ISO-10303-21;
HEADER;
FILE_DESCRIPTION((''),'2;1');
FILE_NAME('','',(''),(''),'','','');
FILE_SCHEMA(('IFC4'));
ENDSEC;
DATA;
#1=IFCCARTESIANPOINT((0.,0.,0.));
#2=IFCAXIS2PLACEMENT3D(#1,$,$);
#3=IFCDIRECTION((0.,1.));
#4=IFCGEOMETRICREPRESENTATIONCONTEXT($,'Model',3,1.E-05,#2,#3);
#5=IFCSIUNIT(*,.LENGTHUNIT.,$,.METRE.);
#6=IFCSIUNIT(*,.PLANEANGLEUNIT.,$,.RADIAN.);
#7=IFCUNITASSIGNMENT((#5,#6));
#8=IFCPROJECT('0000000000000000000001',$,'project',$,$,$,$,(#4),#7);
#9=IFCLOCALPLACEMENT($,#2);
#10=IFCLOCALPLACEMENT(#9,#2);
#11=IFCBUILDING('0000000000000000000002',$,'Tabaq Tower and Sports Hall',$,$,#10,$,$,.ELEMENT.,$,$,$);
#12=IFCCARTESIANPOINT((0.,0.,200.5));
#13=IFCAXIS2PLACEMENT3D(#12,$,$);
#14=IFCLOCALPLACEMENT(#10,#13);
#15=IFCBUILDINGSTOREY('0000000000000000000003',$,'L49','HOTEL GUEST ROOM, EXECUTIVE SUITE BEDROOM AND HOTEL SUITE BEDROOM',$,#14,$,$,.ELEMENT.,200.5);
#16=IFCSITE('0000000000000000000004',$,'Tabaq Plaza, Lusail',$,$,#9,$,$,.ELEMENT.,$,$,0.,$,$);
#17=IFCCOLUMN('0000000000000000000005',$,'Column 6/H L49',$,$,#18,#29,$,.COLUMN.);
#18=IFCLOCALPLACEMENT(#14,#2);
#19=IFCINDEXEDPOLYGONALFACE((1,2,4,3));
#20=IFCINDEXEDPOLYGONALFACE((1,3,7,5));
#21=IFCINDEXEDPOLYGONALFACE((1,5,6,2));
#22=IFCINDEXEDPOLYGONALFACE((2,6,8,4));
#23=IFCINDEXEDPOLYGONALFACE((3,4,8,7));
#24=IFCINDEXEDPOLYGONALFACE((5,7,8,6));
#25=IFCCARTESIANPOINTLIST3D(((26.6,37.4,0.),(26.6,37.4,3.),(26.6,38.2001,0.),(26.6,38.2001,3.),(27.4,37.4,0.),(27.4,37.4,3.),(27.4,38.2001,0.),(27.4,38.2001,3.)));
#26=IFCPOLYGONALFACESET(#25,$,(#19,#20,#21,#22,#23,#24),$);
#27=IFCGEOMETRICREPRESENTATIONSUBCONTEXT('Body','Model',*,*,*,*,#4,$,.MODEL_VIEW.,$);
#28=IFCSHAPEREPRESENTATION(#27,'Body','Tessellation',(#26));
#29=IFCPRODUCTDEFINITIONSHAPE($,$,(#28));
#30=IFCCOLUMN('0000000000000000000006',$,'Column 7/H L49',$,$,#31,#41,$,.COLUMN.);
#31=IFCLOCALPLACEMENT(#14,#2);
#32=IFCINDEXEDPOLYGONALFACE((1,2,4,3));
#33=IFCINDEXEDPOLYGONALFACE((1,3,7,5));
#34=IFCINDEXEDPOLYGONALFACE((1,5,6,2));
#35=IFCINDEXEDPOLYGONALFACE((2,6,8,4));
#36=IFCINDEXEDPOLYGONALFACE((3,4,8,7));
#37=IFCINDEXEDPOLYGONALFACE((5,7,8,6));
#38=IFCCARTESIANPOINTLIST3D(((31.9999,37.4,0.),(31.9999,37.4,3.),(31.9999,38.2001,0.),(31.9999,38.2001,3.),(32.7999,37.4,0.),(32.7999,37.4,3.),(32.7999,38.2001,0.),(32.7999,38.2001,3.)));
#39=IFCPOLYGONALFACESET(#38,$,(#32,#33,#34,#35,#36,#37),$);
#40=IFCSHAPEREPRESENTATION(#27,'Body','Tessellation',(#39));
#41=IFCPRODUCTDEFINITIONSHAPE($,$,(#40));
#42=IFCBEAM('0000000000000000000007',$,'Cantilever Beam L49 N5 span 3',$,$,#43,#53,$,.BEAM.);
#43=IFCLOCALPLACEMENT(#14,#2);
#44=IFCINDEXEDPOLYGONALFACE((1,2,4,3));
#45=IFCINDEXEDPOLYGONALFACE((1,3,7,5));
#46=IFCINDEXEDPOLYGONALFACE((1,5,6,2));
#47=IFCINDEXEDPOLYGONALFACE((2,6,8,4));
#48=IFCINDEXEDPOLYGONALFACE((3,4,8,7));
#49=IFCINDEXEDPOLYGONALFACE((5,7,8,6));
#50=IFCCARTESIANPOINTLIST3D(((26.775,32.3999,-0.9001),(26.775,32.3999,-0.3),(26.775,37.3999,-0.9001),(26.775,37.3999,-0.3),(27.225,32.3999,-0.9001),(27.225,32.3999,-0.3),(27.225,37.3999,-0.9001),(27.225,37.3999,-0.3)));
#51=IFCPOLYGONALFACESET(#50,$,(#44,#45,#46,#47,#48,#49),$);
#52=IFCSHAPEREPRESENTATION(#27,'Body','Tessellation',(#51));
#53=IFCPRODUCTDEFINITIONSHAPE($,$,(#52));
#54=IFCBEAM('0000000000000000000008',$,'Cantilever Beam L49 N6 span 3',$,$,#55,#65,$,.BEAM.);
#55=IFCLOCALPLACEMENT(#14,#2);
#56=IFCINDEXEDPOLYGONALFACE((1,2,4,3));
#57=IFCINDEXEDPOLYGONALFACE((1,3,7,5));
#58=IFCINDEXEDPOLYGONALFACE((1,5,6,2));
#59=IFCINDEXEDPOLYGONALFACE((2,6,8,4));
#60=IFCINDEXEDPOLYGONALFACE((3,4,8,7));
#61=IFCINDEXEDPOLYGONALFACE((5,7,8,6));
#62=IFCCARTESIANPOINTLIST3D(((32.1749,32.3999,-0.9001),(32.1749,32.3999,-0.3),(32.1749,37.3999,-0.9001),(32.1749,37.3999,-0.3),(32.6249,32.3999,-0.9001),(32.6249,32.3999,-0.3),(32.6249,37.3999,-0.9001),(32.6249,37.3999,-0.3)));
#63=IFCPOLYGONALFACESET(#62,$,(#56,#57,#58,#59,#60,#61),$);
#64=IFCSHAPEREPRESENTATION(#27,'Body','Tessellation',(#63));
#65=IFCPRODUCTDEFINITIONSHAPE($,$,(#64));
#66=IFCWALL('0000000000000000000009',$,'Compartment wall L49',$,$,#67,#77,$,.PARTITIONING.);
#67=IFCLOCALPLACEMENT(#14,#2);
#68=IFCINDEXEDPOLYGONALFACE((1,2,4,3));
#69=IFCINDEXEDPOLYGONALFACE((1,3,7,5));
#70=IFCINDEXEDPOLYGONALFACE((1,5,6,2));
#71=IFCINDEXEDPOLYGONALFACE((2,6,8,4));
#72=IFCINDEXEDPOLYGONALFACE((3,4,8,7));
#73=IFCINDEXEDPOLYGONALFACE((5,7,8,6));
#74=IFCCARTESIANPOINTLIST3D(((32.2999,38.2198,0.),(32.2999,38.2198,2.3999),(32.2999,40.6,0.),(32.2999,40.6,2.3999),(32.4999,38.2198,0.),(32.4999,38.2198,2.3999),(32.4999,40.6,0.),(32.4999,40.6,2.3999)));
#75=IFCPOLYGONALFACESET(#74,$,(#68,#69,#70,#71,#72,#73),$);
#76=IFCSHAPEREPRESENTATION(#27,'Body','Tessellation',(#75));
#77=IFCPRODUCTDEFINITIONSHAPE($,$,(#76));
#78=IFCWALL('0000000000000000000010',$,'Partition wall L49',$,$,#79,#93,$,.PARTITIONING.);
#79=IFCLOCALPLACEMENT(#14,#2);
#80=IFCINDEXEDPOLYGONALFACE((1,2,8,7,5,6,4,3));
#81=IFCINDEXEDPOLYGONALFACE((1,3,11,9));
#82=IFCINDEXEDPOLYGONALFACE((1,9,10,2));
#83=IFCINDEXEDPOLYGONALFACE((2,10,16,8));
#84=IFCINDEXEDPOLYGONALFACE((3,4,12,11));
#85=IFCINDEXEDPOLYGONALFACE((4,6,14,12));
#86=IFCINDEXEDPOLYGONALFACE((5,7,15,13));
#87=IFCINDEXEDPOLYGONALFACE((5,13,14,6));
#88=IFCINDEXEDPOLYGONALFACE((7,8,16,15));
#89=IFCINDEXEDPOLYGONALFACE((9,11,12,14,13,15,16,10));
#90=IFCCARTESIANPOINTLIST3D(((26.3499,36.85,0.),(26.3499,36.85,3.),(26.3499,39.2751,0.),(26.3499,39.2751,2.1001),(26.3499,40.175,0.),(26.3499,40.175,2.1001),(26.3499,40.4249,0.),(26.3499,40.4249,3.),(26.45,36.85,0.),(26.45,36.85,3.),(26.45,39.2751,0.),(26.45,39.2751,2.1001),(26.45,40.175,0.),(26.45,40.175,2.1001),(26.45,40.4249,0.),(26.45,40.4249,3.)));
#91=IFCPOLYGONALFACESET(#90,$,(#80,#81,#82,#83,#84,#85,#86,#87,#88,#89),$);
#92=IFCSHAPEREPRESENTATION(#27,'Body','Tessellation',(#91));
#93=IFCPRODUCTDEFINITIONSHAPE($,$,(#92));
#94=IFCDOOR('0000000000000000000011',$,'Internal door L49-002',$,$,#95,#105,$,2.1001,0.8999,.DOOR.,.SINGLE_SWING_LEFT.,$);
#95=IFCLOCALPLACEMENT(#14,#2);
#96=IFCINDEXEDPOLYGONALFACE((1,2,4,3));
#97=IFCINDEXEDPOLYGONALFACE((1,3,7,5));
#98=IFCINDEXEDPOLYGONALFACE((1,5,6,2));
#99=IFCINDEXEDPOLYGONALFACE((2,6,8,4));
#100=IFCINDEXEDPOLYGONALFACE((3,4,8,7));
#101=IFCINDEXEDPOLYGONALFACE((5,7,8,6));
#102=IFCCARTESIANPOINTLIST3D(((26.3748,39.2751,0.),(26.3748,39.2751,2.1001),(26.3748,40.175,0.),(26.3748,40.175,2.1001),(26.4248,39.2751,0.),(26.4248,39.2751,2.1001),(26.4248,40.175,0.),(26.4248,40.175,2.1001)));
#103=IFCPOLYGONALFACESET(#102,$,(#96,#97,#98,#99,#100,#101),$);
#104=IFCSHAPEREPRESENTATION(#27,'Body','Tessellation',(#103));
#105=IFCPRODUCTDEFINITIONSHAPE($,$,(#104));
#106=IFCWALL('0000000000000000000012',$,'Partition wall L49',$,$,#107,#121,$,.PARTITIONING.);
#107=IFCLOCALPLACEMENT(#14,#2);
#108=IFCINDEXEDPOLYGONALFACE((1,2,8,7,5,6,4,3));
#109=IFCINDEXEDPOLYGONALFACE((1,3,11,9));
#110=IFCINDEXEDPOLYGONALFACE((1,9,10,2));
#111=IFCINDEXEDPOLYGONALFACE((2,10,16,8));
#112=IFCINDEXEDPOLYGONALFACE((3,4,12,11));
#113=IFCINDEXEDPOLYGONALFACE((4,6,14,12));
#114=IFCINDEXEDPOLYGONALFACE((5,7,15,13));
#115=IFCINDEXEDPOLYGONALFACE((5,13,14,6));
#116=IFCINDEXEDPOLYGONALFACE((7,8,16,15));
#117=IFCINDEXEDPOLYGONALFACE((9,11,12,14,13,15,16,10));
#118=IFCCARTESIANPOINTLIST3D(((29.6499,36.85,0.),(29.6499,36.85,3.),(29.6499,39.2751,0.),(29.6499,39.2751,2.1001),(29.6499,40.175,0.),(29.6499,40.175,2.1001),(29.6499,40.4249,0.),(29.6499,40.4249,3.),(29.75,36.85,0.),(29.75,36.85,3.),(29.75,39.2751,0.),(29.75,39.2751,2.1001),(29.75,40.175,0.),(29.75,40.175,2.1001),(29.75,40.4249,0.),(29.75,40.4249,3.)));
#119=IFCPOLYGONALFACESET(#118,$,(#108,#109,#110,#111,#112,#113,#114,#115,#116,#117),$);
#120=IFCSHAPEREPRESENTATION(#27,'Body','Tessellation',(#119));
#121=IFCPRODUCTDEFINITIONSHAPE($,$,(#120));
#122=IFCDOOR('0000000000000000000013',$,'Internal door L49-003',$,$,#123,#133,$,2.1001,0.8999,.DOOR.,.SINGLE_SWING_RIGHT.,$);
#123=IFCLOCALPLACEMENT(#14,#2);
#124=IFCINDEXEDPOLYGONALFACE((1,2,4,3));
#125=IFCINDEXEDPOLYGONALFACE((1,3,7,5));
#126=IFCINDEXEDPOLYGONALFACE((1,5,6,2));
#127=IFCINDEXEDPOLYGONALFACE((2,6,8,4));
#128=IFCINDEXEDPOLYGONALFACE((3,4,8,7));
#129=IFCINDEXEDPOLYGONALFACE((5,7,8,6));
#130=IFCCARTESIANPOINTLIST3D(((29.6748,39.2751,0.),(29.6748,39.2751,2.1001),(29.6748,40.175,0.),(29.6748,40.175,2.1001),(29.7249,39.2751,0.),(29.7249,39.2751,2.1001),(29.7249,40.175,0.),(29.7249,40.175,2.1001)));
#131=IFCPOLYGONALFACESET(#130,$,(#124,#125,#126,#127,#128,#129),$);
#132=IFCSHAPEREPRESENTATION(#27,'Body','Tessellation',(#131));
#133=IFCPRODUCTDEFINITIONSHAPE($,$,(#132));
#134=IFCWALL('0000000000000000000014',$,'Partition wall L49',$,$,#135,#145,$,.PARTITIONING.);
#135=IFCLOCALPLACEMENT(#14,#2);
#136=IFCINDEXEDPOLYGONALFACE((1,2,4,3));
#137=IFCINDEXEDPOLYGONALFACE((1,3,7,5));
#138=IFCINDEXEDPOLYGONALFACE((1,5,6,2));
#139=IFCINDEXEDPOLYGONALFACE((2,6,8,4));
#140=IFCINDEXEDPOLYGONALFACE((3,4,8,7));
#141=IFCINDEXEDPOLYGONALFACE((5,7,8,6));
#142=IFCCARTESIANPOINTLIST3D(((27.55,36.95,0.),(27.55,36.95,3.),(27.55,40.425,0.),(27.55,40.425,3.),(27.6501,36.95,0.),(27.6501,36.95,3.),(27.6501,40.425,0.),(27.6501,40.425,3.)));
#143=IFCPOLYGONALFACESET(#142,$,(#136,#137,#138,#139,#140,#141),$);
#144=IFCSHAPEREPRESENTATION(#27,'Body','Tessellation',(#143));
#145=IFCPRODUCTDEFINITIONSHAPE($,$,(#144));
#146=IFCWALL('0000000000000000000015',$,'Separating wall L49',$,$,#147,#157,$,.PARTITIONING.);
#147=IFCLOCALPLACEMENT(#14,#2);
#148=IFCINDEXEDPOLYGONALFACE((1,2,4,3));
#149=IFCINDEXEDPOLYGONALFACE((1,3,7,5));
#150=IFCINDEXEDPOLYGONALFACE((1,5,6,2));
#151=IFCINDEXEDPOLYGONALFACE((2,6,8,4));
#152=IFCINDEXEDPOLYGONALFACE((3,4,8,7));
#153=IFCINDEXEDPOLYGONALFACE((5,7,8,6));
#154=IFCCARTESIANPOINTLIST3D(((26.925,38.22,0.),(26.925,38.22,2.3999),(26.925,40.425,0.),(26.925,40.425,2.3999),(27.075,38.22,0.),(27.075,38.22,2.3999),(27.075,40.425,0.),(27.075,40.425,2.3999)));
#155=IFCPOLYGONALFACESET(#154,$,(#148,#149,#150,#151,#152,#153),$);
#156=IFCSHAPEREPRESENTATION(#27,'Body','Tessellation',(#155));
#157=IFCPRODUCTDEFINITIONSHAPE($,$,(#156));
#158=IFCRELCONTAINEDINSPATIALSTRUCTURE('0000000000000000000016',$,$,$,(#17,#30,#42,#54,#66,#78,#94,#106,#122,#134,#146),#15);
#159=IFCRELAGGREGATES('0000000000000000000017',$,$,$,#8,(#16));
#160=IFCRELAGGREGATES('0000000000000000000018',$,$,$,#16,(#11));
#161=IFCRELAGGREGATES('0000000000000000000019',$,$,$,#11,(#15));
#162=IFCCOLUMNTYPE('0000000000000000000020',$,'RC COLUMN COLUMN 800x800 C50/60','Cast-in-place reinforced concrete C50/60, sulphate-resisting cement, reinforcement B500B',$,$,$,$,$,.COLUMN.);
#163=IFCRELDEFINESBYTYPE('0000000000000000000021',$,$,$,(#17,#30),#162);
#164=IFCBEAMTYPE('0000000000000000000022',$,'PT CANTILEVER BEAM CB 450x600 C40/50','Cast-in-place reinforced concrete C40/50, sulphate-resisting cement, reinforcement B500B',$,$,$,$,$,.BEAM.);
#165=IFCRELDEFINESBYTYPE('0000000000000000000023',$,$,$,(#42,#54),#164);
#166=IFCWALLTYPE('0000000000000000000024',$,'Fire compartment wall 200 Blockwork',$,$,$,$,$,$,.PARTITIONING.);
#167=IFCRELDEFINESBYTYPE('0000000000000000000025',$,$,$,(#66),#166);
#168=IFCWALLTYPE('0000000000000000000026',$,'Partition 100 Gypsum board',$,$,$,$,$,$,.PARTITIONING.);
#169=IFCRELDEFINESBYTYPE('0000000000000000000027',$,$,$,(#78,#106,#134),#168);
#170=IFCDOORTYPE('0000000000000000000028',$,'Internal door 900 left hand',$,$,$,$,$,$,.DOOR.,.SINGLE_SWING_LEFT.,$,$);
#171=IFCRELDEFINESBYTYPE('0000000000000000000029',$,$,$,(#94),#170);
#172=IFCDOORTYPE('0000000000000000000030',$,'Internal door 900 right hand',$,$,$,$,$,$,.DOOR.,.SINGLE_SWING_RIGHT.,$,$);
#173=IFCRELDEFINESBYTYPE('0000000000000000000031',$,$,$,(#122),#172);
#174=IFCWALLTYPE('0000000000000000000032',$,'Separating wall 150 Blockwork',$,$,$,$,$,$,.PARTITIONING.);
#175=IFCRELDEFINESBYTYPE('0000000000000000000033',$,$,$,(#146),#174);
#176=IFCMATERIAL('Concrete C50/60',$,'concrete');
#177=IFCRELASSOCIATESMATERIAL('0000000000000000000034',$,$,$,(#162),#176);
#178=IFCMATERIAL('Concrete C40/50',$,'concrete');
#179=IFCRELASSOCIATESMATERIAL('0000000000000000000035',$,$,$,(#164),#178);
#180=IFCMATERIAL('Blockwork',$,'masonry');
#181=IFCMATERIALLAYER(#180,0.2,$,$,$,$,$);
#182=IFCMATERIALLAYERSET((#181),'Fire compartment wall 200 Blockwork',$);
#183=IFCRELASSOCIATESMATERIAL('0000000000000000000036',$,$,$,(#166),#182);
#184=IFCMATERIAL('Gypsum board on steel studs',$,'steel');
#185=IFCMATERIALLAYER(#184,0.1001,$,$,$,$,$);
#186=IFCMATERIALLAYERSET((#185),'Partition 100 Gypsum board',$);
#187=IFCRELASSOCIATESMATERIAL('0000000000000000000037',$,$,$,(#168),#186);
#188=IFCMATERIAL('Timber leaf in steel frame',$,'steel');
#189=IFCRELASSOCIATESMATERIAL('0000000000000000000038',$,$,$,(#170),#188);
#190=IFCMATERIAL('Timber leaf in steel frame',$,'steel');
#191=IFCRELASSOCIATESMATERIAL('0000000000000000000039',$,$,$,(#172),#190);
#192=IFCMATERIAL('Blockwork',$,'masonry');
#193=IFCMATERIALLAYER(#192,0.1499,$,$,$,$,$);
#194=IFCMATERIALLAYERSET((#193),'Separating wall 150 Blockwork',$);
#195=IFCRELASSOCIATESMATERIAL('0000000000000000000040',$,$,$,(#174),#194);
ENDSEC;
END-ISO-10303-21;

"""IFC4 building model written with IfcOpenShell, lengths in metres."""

from ifc_helpers import new_model, si_unit, direction, frame, frame_2d, origin, origin_2d, place, context, subcontext, project, spatial, rectangle, extrude, material, layer, layer_set, material_profile, profile_set, type_object, element, fill, save


model = new_model("IFC4")

# Units and contexts
model_context = context("Model", 3, precision=1e-05, world=origin(), true_north=direction((0.0, 1.0)))
body_context = subcontext(model_context, "Body", "Model", "MODEL_VIEW")
ifc_project = project(units=[si_unit("LENGTHUNIT", "METRE"), si_unit("PLANEANGLEUNIT", "RADIAN")], contexts=[model_context])

# Site, building, storey
site_placement = place(None, origin())
site = spatial("IfcSite", under=ifc_project, at=site_placement, Name="Tabaq Plaza, Lusail", CompositionType="ELEMENT", RefElevation=0.0)
building_placement = place(site_placement, origin())
building = spatial("IfcBuilding", under=site, at=building_placement, Name="Tabaq Tower and Sports Hall", CompositionType="ELEMENT")
storey_placement = place(building_placement, frame((0.0, 0.0, 200.5)))
storey = spatial("IfcBuildingStorey", under=building, at=storey_placement, Name="L49", Description="HOTEL GUEST ROOM, EXECUTIVE SUITE BEDROOM AND HOTEL SUITE BEDROOM", CompositionType="ELEMENT", Elevation=200.5)

# Columns
ifc_material_1 = material(Name="Concrete C50/60", Category="concrete")
ifc_material_profile_1 = material_profile(ifc_material_1, rectangle(XDim=0.8, YDim=0.8, at=origin_2d()), Name="COLUMN 800x800")
ifc_profile_set_1 = profile_set([ifc_material_profile_1], Name="Concrete C50/60")
column_type = type_object("IfcColumnType", Name="RC COLUMN COLUMN 800x800 C50/60", Description="Cast-in-place reinforced concrete C50/60, sulphate-resisting cement, reinforcement B500B", PredefinedType="COLUMN", material=ifc_profile_set_1)
for number, where, z_axis, x_axis, name in (
    (1, (27.0, 37.8, 0.0), (0.0, 0.0, 1.0), (1.0, 0.0, 0.0), "Column 6/H L49"),
    (2, (32.3999, 37.8, 0.0), (0.0, 0.0, 1.0), (1.0, 0.0, 0.0), "Column 7/H L49"),
):
    element("IfcColumn", number, at=place(storey_placement, frame(where, z_axis=z_axis, x_axis=x_axis)), inside=storey, type_object=column_type, Name=name, PredefinedType="COLUMN", context=body_context, shape_type="SweptSolid", body=[
        extrude(rectangle(XDim=0.8, YDim=0.8, at=origin_2d()), origin(), (0.0, 0.0, 1.0), 3.0),
    ])

# Beams
ifc_material_2 = material(Name="Concrete C40/50", Category="concrete")
ifc_material_profile_2 = material_profile(ifc_material_2, rectangle(XDim=0.45, YDim=0.6001, at=origin_2d()), Name="CB 450x600")
ifc_profile_set_2 = profile_set([ifc_material_profile_2], Name="Concrete C40/50")
beam_type = type_object("IfcBeamType", Name="PT CANTILEVER BEAM CB 450x600 C40/50", Description="Cast-in-place reinforced concrete C40/50, sulphate-resisting cement, reinforcement B500B", PredefinedType="BEAM", material=ifc_profile_set_2)
for number, where, z_axis, x_axis, name in (
    (3, (27.0, 37.3999, -0.6001), (0.0, -1.0, 0.0), (1.0, 0.0, 0.0), "Cantilever Beam L49 N5 span 3"),
    (4, (32.3999, 37.3999, -0.6001), (0.0, -1.0, 0.0), (1.0, 0.0, 0.0), "Cantilever Beam L49 N6 span 3"),
):
    element("IfcBeam", number, at=place(storey_placement, frame(where, z_axis=z_axis, x_axis=x_axis)), inside=storey, type_object=beam_type, Name=name, PredefinedType="BEAM", context=body_context, shape_type="SweptSolid", body=[
        extrude(rectangle(XDim=0.45, YDim=0.6001, at=origin_2d()), origin(), (0.0, 0.0, 1.0), 5.0),
    ])

# Wall
ifc_material_3 = material(Name="Blockwork", Category="masonry")
ifc_layer_1 = layer(ifc_material_3, 0.2)
ifc_layer_set_1 = layer_set([ifc_layer_1], Name="Fire compartment wall 200 Blockwork")
wall_type_1 = type_object("IfcWallType", Name="Fire compartment wall 200 Blockwork", PredefinedType="PARTITIONING", material=ifc_layer_set_1)
wall_1_placement = place(storey_placement, frame((32.3999, 38.22, 0.0), z_axis=(0.0, 0.0, 1.0), x_axis=(0.0, 1.0, 0.0)))
element("IfcWall", 5, at=wall_1_placement, inside=storey, type_object=wall_type_1, Name="Compartment wall L49", PredefinedType="PARTITIONING", context=body_context, shape_type="SweptSolid", body=[
    extrude(rectangle(XDim=2.3801, YDim=0.2, at=frame_2d((1.1899, 0.0))), origin(), (0.0, 0.0, 1.0), 2.3999),
])

# Walls, openings, doors
ifc_material_4 = material(Name="Gypsum board on steel studs", Category="steel")
ifc_layer_2 = layer(ifc_material_4, 0.1001)
ifc_layer_set_2 = layer_set([ifc_layer_2], Name="Partition 100 Gypsum board")
wall_type_2 = type_object("IfcWallType", Name="Partition 100 Gypsum board", PredefinedType="PARTITIONING", material=ifc_layer_set_2)
wall_2_placement = place(storey_placement, frame((26.3999, 40.425, 0.0), z_axis=(0.0, 0.0, 1.0), x_axis=(0.0, -1.0, 0.0)))
wall_2 = element("IfcWall", 6, at=wall_2_placement, inside=storey, type_object=wall_type_2, Name="Partition wall L49", PredefinedType="PARTITIONING", context=body_context, shape_type="SweptSolid", body=[
    extrude(rectangle(XDim=3.575, YDim=0.1001, at=frame_2d((1.7876, 0.0))), origin(), (0.0, 0.0, 1.0), 3.0),
])
opening_1_placement = place(wall_2_placement, frame((0.25, 0.0, 0.0)))
opening_1 = element("IfcOpeningElement", 7, at=opening_1_placement, cuts=wall_2, PredefinedType="OPENING", context=body_context, shape_type="SweptSolid", body=[
    extrude(rectangle(XDim=0.8999, YDim=2.1001, at=frame_2d((0.45, 1.05))), frame((0.0, 0.05, 0.0), z_axis=(0.0, -1.0, 0.0), x_axis=(1.0, 0.0, 0.0)), (0.0, 0.0, 1.0), 0.1001),
])
ifc_material_5 = material(Name="Timber leaf in steel frame", Category="steel")
door_type_1 = type_object("IfcDoorType", Name="Internal door 900 left hand", OperationType="SINGLE_SWING_LEFT", PredefinedType="DOOR", material=ifc_material_5)
door_1_placement = place(opening_1_placement, origin())
door_1 = element("IfcDoor", 8, at=door_1_placement, inside=storey, type_object=door_type_1, Name="Internal door L49-002", OperationType="SINGLE_SWING_LEFT", OverallHeight=2.1001, OverallWidth=0.8999, PredefinedType="DOOR", context=body_context, shape_type="SweptSolid", body=[
    extrude(rectangle(XDim=0.8999, YDim=2.1001, at=frame_2d((0.45, 1.05))), frame((0.0, 0.0249, 0.0), z_axis=(0.0, -1.0, 0.0), x_axis=(1.0, 0.0, 0.0)), (0.0, 0.0, 1.0), 0.05),
])
fill(opening_1, door_1)
wall_3_placement = place(storey_placement, frame((29.7, 40.425, 0.0), z_axis=(0.0, 0.0, 1.0), x_axis=(0.0, -1.0, 0.0)))
wall_3 = element("IfcWall", 9, at=wall_3_placement, inside=storey, type_object=wall_type_2, Name="Partition wall L49", PredefinedType="PARTITIONING", context=body_context, shape_type="SweptSolid", body=[
    extrude(rectangle(XDim=3.575, YDim=0.1001, at=frame_2d((1.7876, 0.0))), origin(), (0.0, 0.0, 1.0), 3.0),
])
opening_2_placement = place(wall_3_placement, frame((0.25, 0.0, 0.0)))
opening_2 = element("IfcOpeningElement", 10, at=opening_2_placement, cuts=wall_3, PredefinedType="OPENING", context=body_context, shape_type="SweptSolid", body=[
    extrude(rectangle(XDim=0.8999, YDim=2.1001, at=frame_2d((0.45, 1.05))), frame((0.0, 0.05, 0.0), z_axis=(0.0, -1.0, 0.0), x_axis=(1.0, 0.0, 0.0)), (0.0, 0.0, 1.0), 0.1001),
])
ifc_material_6 = material(Name="Timber leaf in steel frame", Category="steel")
door_type_2 = type_object("IfcDoorType", Name="Internal door 900 right hand", OperationType="SINGLE_SWING_RIGHT", PredefinedType="DOOR", material=ifc_material_6)
door_2_placement = place(opening_2_placement, origin())
door_2 = element("IfcDoor", 11, at=door_2_placement, inside=storey, type_object=door_type_2, Name="Internal door L49-003", OperationType="SINGLE_SWING_RIGHT", OverallHeight=2.1001, OverallWidth=0.8999, PredefinedType="DOOR", context=body_context, shape_type="SweptSolid", body=[
    extrude(rectangle(XDim=0.8999, YDim=2.1001, at=frame_2d((0.45, 1.05))), frame((0.0, 0.0249, 0.0), z_axis=(0.0, -1.0, 0.0), x_axis=(1.0, 0.0, 0.0)), (0.0, 0.0, 1.0), 0.05),
])
fill(opening_2, door_2)

# Walls
wall_4_placement = place(storey_placement, frame((27.6001, 36.95, 0.0), z_axis=(0.0, 0.0, 1.0), x_axis=(0.0, 1.0, 0.0)))
element("IfcWall", 12, at=wall_4_placement, inside=storey, type_object=wall_type_2, Name="Partition wall L49", PredefinedType="PARTITIONING", context=body_context, shape_type="SweptSolid", body=[
    extrude(rectangle(XDim=3.4751, YDim=0.1001, at=frame_2d((1.7375, 0.0))), origin(), (0.0, 0.0, 1.0), 3.0),
])
ifc_material_7 = material(Name="Blockwork", Category="masonry")
ifc_layer_3 = layer(ifc_material_7, 0.1499)
ifc_layer_set_3 = layer_set([ifc_layer_3], Name="Separating wall 150 Blockwork")
wall_type_3 = type_object("IfcWallType", Name="Separating wall 150 Blockwork", PredefinedType="PARTITIONING", material=ifc_layer_set_3)
wall_5_placement = place(storey_placement, frame((27.0, 38.22, 0.0), z_axis=(0.0, 0.0, 1.0), x_axis=(0.0, 1.0, 0.0)))
element("IfcWall", 13, at=wall_5_placement, inside=storey, type_object=wall_type_3, Name="Separating wall L49", PredefinedType="PARTITIONING", context=body_context, shape_type="SweptSolid", body=[
    extrude(rectangle(XDim=2.2051, YDim=0.1499, at=frame_2d((1.1025, 0.0))), origin(), (0.0, 0.0, 1.0), 2.3999),
])

save(model, "model.ifc")
